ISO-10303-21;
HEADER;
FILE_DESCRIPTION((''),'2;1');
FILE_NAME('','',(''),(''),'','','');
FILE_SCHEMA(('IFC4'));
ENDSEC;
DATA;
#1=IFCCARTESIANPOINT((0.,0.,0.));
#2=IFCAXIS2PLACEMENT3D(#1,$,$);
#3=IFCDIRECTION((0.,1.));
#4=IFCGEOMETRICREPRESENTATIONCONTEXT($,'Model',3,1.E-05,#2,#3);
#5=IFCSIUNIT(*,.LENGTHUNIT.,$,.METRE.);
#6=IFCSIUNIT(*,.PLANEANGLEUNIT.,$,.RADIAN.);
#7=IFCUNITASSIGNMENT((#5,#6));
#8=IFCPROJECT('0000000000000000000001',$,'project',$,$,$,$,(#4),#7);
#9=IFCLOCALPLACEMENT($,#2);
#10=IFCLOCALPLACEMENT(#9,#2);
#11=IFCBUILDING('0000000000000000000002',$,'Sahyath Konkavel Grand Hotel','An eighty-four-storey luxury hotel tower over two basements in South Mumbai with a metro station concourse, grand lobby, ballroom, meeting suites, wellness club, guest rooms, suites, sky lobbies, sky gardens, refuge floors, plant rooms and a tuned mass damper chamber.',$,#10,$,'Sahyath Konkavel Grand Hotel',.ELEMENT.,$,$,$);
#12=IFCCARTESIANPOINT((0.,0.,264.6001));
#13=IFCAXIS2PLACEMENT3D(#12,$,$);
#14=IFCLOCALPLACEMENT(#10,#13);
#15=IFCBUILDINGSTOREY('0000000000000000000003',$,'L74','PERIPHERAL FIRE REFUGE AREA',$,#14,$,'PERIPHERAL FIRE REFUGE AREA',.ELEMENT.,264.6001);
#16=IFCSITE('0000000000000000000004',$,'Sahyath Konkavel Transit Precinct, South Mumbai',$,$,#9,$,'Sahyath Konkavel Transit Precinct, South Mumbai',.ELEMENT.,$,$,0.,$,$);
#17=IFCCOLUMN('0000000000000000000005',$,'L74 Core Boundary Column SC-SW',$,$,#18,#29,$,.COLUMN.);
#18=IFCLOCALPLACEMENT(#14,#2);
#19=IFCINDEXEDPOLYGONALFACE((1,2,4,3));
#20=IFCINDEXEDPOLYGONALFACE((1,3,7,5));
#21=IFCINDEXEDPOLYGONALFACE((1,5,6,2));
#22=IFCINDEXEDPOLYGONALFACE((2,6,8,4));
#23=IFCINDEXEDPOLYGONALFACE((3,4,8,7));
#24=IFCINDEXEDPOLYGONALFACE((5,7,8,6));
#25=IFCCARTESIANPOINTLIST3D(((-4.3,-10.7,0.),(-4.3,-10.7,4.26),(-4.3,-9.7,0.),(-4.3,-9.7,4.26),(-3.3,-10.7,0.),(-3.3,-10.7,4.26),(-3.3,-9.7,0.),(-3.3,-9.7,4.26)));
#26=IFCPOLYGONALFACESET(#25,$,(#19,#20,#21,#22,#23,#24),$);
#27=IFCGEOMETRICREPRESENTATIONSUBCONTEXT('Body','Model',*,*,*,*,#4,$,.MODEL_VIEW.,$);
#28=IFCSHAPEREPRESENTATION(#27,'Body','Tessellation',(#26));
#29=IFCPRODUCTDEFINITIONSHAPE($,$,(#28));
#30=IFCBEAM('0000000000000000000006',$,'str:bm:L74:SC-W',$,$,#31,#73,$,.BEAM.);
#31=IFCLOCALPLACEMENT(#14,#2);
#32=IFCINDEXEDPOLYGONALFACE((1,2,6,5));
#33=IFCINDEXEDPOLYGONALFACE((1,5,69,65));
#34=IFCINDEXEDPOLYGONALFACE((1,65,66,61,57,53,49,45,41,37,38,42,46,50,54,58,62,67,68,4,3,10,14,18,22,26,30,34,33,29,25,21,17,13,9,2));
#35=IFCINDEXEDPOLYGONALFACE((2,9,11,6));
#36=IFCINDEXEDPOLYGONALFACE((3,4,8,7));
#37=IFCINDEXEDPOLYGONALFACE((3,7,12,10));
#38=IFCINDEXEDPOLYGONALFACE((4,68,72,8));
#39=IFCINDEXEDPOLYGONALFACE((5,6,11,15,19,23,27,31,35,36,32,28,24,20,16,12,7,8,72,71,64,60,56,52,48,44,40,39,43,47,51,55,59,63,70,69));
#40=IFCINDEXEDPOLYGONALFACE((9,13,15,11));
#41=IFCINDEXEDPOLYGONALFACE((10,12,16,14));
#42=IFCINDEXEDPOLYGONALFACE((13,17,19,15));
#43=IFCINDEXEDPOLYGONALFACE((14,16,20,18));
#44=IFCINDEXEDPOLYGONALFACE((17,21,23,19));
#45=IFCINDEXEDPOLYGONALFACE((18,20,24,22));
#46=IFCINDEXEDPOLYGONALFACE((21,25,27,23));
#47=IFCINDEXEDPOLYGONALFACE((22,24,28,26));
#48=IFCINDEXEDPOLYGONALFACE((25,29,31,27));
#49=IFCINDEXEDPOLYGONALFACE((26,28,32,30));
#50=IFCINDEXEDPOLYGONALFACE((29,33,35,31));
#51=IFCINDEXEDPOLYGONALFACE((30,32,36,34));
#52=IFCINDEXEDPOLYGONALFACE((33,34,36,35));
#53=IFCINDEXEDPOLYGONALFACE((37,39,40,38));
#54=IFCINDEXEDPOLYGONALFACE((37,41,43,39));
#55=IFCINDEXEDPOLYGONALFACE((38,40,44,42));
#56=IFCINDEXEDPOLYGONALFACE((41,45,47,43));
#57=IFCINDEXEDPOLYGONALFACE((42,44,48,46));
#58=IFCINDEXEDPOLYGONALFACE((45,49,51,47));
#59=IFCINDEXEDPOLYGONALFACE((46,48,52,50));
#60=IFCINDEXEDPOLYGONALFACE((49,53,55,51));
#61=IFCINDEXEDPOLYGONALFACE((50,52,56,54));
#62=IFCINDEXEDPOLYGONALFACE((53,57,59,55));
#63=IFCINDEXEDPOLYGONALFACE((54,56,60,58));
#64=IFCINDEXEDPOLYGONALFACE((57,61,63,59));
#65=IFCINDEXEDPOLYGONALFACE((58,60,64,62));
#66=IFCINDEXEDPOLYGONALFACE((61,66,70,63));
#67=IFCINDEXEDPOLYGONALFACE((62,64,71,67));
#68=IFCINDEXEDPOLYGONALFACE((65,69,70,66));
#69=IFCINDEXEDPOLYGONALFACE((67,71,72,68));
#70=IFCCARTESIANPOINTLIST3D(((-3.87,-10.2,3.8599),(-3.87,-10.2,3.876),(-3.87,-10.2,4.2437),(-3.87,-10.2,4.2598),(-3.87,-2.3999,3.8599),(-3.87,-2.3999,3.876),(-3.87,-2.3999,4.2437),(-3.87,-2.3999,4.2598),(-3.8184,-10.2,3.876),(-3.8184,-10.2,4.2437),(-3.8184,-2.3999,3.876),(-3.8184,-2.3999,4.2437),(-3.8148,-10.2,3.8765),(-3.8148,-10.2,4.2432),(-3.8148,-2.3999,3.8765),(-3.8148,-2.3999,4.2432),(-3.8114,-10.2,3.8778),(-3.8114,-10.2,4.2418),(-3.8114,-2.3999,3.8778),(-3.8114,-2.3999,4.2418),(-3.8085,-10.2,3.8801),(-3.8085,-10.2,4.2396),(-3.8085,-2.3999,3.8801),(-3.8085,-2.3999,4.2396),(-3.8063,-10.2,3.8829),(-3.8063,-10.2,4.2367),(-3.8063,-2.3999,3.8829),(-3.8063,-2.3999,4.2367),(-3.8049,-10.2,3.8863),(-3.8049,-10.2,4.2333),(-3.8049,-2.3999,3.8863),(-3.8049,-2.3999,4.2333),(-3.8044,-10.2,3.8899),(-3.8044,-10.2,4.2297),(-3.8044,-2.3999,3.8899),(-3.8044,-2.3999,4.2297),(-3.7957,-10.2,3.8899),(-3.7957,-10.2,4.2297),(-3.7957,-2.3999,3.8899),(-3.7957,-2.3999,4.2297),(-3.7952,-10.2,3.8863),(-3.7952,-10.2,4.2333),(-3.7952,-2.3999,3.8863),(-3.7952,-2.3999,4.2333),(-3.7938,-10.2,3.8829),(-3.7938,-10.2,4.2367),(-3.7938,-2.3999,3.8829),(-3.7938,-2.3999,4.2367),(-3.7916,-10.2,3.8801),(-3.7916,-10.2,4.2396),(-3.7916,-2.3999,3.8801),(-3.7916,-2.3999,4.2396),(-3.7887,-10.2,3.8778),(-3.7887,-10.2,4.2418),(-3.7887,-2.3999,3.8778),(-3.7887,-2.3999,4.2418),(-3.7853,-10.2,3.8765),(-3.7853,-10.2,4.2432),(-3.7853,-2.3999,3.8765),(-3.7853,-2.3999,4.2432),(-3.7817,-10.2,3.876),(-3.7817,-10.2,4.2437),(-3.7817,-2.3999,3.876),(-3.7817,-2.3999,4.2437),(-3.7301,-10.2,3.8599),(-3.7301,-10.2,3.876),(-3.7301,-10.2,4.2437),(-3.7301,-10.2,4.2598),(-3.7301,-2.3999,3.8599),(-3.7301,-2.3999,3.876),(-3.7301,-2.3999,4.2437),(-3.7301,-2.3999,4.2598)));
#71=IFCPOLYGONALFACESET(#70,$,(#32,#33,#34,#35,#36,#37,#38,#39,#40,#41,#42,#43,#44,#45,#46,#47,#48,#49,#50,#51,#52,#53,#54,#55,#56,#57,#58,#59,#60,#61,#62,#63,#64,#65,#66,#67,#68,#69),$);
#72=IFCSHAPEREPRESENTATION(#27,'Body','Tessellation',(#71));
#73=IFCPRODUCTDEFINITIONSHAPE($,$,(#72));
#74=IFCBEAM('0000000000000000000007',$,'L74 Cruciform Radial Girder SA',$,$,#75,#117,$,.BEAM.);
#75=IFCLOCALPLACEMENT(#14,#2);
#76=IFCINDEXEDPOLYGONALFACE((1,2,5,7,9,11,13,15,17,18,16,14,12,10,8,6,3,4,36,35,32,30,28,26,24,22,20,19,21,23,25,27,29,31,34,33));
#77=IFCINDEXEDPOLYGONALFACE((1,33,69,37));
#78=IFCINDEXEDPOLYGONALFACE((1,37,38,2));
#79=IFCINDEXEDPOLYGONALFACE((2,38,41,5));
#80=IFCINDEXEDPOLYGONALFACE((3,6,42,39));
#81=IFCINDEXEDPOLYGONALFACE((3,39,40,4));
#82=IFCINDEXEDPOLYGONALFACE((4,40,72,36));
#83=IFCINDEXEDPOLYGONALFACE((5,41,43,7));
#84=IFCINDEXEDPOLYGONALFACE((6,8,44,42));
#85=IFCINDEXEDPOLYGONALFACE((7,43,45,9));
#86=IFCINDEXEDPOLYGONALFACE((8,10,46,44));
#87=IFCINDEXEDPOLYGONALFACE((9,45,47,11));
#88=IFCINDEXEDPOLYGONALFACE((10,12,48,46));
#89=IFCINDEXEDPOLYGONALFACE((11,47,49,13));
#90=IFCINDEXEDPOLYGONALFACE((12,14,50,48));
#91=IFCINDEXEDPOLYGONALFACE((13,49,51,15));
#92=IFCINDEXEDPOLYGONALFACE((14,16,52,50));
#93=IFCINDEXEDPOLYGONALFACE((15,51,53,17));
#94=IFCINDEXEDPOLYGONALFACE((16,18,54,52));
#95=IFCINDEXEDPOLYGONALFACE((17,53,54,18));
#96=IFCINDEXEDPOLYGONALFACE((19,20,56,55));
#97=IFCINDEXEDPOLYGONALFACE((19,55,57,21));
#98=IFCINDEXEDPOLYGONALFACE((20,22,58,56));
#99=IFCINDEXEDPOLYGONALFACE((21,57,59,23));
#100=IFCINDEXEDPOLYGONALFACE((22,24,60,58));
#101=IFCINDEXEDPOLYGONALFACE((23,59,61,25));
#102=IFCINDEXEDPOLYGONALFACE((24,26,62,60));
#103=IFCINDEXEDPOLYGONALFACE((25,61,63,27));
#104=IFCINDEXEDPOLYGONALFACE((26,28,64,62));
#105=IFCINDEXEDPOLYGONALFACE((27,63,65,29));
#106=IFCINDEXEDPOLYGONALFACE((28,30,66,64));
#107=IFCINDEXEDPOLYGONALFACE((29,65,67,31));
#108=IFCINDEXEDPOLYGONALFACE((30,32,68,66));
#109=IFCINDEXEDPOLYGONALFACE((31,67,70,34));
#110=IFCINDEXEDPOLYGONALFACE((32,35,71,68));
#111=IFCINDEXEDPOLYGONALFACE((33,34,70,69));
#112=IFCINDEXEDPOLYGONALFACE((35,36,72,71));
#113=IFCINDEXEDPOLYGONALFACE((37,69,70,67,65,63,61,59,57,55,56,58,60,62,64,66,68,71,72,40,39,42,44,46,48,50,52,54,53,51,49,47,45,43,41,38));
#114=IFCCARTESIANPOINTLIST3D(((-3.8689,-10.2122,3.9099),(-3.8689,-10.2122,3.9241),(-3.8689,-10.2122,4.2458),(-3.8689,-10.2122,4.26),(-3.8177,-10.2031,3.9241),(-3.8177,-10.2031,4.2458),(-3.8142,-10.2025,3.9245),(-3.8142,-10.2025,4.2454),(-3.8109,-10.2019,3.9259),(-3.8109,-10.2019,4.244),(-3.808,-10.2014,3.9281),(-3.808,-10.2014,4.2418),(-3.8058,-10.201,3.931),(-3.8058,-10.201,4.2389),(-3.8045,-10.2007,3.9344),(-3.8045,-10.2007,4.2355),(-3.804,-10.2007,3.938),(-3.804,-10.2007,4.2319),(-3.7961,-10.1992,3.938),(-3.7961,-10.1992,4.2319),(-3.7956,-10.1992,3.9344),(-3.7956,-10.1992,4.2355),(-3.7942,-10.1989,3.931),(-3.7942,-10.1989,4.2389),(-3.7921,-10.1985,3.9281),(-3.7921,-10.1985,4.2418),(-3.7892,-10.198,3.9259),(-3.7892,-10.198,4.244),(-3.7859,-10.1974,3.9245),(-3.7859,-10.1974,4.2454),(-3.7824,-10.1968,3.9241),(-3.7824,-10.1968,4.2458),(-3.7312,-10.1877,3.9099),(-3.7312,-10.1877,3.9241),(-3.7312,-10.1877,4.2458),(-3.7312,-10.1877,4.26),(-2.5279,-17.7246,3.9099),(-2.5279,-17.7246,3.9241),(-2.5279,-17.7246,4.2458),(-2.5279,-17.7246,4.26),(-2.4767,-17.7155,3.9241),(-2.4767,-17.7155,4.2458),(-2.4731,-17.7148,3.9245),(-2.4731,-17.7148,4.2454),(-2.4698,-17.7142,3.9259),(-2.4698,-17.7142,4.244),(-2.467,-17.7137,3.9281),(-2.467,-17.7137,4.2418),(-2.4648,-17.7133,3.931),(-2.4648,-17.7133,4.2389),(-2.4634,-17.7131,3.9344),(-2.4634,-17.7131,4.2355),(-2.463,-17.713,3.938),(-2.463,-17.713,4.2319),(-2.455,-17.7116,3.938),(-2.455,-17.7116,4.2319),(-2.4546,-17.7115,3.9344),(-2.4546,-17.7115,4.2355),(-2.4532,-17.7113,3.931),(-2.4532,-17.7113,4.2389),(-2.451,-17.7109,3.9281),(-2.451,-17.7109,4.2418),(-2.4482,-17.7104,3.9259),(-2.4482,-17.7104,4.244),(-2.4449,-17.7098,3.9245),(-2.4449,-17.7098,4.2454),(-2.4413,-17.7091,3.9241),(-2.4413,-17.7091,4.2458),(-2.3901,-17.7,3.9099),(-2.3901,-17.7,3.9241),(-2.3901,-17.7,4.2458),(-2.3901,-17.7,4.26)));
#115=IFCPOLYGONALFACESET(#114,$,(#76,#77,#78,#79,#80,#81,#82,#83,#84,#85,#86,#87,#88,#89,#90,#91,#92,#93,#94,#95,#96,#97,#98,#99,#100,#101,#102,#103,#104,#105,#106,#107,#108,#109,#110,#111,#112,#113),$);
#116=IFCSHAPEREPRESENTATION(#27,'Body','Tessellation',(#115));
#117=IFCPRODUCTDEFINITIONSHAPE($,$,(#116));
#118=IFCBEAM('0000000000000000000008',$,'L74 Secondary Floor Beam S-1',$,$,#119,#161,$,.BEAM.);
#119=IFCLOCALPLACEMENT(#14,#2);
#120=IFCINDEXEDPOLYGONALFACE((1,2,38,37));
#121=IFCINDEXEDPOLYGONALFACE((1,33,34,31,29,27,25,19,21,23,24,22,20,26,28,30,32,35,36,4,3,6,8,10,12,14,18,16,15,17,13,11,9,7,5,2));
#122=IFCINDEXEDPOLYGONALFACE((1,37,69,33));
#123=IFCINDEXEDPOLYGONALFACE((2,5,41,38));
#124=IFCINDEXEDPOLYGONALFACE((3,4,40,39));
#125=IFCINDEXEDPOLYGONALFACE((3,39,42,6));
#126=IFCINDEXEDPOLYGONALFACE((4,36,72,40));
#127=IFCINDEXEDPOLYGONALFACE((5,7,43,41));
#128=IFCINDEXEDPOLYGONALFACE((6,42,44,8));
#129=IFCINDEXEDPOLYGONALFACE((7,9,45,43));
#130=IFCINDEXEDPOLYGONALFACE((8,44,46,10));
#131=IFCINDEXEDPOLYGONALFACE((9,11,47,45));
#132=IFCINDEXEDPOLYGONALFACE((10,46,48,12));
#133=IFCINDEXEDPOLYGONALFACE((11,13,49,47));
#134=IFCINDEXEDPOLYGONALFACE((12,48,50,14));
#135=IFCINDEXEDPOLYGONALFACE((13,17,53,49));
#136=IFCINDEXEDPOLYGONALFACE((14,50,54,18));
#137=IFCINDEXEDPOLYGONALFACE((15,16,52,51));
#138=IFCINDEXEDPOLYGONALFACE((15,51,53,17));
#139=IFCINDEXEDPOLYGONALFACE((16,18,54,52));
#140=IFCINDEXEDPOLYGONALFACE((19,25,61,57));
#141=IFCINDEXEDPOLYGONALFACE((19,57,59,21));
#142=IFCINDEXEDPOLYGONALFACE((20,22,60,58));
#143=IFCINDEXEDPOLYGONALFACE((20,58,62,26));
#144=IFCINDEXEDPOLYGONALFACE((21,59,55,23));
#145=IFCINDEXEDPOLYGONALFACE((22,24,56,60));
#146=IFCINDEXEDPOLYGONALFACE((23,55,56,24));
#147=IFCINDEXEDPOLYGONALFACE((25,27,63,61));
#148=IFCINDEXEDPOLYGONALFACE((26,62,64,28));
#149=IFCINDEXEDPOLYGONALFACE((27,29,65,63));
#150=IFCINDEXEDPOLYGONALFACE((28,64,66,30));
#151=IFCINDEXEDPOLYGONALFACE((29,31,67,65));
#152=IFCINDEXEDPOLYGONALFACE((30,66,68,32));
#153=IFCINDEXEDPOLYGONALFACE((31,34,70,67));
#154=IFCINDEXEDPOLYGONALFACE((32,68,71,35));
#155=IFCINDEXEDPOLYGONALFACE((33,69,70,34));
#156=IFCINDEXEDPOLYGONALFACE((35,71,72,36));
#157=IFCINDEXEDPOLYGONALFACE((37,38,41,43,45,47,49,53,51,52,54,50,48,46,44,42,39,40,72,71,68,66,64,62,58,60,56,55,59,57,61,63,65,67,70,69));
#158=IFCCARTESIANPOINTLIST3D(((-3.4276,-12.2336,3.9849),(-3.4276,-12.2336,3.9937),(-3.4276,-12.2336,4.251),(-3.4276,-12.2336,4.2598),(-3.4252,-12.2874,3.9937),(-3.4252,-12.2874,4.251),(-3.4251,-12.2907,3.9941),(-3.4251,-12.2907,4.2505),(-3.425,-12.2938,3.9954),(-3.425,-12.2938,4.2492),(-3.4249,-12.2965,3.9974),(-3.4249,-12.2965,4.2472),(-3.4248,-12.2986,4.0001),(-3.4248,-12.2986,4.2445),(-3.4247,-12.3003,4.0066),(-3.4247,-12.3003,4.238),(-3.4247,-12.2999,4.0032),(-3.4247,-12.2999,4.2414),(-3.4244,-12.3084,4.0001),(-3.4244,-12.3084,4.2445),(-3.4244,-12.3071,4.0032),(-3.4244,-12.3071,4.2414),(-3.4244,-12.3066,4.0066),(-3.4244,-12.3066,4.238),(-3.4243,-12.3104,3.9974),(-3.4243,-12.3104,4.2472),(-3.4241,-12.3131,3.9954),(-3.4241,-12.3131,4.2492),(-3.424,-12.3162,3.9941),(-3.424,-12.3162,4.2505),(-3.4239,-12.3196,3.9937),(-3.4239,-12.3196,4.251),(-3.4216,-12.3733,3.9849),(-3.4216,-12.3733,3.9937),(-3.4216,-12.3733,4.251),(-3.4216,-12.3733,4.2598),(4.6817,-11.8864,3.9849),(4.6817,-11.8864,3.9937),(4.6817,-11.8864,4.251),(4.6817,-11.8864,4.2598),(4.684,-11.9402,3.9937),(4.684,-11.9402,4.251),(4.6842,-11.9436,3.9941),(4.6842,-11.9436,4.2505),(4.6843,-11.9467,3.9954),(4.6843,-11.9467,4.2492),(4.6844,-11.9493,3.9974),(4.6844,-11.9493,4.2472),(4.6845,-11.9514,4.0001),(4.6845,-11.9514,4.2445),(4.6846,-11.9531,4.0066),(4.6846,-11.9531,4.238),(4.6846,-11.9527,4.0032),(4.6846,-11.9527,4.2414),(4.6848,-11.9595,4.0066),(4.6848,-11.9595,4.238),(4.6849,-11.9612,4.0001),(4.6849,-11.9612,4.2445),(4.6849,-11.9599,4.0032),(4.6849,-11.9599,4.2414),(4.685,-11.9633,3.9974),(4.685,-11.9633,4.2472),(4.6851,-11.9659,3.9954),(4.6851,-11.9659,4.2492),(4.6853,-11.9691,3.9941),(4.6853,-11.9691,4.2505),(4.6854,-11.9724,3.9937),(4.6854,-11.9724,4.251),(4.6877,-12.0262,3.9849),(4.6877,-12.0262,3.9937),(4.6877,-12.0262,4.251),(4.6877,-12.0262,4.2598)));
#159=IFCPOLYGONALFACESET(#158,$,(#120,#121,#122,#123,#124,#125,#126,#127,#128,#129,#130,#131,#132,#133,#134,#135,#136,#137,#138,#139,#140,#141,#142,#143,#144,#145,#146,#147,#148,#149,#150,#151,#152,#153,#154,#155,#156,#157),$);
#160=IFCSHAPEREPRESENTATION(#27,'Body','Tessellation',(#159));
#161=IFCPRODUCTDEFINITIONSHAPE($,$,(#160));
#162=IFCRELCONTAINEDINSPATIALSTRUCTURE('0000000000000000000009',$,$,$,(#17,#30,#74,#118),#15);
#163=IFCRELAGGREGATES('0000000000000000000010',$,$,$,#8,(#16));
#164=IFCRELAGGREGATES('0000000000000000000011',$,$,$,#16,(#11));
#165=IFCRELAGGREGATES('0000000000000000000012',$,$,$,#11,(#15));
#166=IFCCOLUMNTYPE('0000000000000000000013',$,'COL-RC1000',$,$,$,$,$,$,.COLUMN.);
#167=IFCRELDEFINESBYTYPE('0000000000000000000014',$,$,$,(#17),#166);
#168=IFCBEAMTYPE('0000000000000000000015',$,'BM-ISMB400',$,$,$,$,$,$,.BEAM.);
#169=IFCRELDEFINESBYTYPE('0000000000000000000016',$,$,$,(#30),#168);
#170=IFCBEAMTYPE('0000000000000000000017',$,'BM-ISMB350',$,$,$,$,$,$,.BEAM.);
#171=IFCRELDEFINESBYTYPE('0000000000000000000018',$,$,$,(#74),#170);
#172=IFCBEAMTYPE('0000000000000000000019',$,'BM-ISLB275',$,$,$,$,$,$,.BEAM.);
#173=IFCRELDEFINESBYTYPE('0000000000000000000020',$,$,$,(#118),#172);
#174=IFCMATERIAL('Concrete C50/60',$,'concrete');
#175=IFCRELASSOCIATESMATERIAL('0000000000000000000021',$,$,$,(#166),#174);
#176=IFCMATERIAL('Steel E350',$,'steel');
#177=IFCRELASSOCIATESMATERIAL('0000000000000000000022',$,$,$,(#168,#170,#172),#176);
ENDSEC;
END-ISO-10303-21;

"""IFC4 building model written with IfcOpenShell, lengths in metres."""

from ifc_helpers import new_model, si_unit, direction, frame, origin, origin_2d, place, context, subcontext, project, spatial, rectangle, i_section, extrude, source, transform, mapped, material, material_profile, profile_set, type_object, element, save


model = new_model("IFC4")

# Units and contexts
model_context = context("Model", 3, precision=1e-05, world=origin(), true_north=direction((0.0, 1.0)))
body_context = subcontext(model_context, "Body", "Model", "MODEL_VIEW")
ifc_project = project(units=[si_unit("LENGTHUNIT", "METRE"), si_unit("PLANEANGLEUNIT", "RADIAN")], contexts=[model_context])

# Site, building, storey
site_placement = place(None, origin())
site = spatial("IfcSite", under=ifc_project, at=site_placement, Name="Sahyath Konkavel Transit Precinct, South Mumbai", LongName="Sahyath Konkavel Transit Precinct, South Mumbai", CompositionType="ELEMENT", RefElevation=0.0)
building_placement = place(site_placement, origin())
building = spatial("IfcBuilding", under=site, at=building_placement, Name="Sahyath Konkavel Grand Hotel", Description="An eighty-four-storey luxury hotel tower over two basements in South Mumbai with a metro station concourse, grand lobby, ballroom, meeting suites, wellness club, guest rooms, suites, sky lobbies, sky gardens, refuge floors, plant rooms and a tuned mass damper chamber.", LongName="Sahyath Konkavel Grand Hotel", CompositionType="ELEMENT")
storey_placement = place(building_placement, frame((0.0, 0.0, 264.6001)))
storey = spatial("IfcBuildingStorey", under=building, at=storey_placement, Name="L74", Description="PERIPHERAL FIRE REFUGE AREA", LongName="PERIPHERAL FIRE REFUGE AREA", CompositionType="ELEMENT", Elevation=264.6001)

# Column
ifc_material_1 = material(Name="Concrete C50/60", Category="concrete")
ifc_material_profile_1 = material_profile(ifc_material_1, rectangle(XDim=1.0, YDim=1.0, at=origin_2d()), Name="RC 1000x1000")
ifc_profile_set_1 = profile_set([ifc_material_profile_1], Name="Concrete C50/60")
column_type = type_object("IfcColumnType", Name="COL-RC1000", PredefinedType="COLUMN", material=ifc_profile_set_1)
shared_shape_1 = source(origin(), body_context, "Body", "SweptSolid", [
    extrude(rectangle(XDim=1.0, YDim=1.0, at=origin_2d()), origin(), (0.0, 0.0, 1.0), 4.26),
])
column_placement = place(storey_placement, frame((-3.8, -10.2, 0.0), z_axis=(0.0, 0.0, 1.0), x_axis=(1.0, 0.0, 0.0)))
element("IfcColumn", 1, at=column_placement, inside=storey, type_object=column_type, Name="L74 Core Boundary Column SC-SW", PredefinedType="COLUMN", context=body_context, shape_type="MappedRepresentation", body=[
    mapped(shared_shape_1, transform((0.0, 0.0, 0.0), scale=1.0)),
])

# Beams
ifc_material_2 = material(Name="Steel E350", Category="steel")
ifc_material_profile_2 = material_profile(ifc_material_2, i_section(OverallWidth=0.1399, OverallDepth=0.3999, WebThickness=0.0088, FlangeThickness=0.0161, FilletRadius=0.0139, at=origin_2d()), Name="ISMB 400")
ifc_profile_set_2 = profile_set([ifc_material_profile_2], Name="Steel E350")
beam_type_1 = type_object("IfcBeamType", Name="BM-ISMB400", PredefinedType="BEAM", material=ifc_profile_set_2)
shared_shape_2 = source(origin(), body_context, "Body", "SweptSolid", [
    extrude(i_section(OverallWidth=0.1399, OverallDepth=0.3999, WebThickness=0.0088, FlangeThickness=0.0161, FilletRadius=0.0139, at=origin_2d()), origin(), (0.0, 0.0, 1.0), 7.8),
])
beam_1_placement = place(storey_placement, frame((-3.8, -10.2, 4.0598), z_axis=(0.0, 1.0, 0.0), x_axis=(-1.0, 0.0, 0.0)))
element("IfcBeam", 2, at=beam_1_placement, inside=storey, type_object=beam_type_1, Name="str:bm:L74:SC-W", PredefinedType="BEAM", context=body_context, shape_type="MappedRepresentation", body=[
    mapped(shared_shape_2, transform((0.0, 0.0, 0.0), scale=1.0)),
])
ifc_material_profile_3 = material_profile(ifc_material_2, i_section(OverallWidth=0.1399, OverallDepth=0.3501, WebThickness=0.0081, FlangeThickness=0.0142, FilletRadius=0.0139, at=origin_2d()), Name="ISMB 350")
ifc_profile_set_3 = profile_set([ifc_material_profile_3], Name="Steel E350")
beam_type_2 = type_object("IfcBeamType", Name="BM-ISMB350", PredefinedType="BEAM", material=ifc_profile_set_3)
shared_shape_3 = source(origin(), body_context, "Body", "SweptSolid", [
    extrude(i_section(OverallWidth=0.1399, OverallDepth=0.3501, WebThickness=0.0081, FlangeThickness=0.0142, FilletRadius=0.0139, at=origin_2d()), origin(), (0.0, 0.0, 1.0), 7.6311),
])
beam_2_placement = place(storey_placement, frame((-3.8, -10.2, 4.085), z_axis=(0.175734, -0.984438, 0.0), x_axis=(0.984438, 0.175734, 0.0)))
element("IfcBeam", 3, at=beam_2_placement, inside=storey, type_object=beam_type_2, Name="L74 Cruciform Radial Girder SA", PredefinedType="BEAM", context=body_context, shape_type="MappedRepresentation", body=[
    mapped(shared_shape_3, transform((0.0, 0.0, 0.0), scale=1.0)),
])
ifc_material_profile_4 = material_profile(ifc_material_2, i_section(OverallWidth=0.1399, OverallDepth=0.2749, WebThickness=0.0063, FlangeThickness=0.0088, FilletRadius=0.0129, at=origin_2d()), Name="ISLB 275")
ifc_profile_set_4 = profile_set([ifc_material_profile_4], Name="Steel E350")
beam_type_3 = type_object("IfcBeamType", Name="BM-ISLB275", PredefinedType="BEAM", material=ifc_profile_set_4)
shared_shape_4 = source(origin(), body_context, "Body", "SweptSolid", [
    extrude(i_section(OverallWidth=0.1399, OverallDepth=0.2749, WebThickness=0.0063, FlangeThickness=0.0088, FilletRadius=0.0129, at=origin_2d()), origin(), (0.0, 0.0, 1.0), 8.1167),
])
beam_3_placement = place(storey_placement, frame((-3.4246, -12.3035, 4.1223), z_axis=(0.999085, 0.042772, 0.0), x_axis=(-0.042772, 0.999085, 0.0)))
element("IfcBeam", 4, at=beam_3_placement, inside=storey, type_object=beam_type_3, Name="L74 Secondary Floor Beam S-1", PredefinedType="BEAM", context=body_context, shape_type="MappedRepresentation", body=[
    mapped(shared_shape_4, transform((0.0, 0.0, 0.0), scale=1.0)),
])

save(model, "model.ifc")
